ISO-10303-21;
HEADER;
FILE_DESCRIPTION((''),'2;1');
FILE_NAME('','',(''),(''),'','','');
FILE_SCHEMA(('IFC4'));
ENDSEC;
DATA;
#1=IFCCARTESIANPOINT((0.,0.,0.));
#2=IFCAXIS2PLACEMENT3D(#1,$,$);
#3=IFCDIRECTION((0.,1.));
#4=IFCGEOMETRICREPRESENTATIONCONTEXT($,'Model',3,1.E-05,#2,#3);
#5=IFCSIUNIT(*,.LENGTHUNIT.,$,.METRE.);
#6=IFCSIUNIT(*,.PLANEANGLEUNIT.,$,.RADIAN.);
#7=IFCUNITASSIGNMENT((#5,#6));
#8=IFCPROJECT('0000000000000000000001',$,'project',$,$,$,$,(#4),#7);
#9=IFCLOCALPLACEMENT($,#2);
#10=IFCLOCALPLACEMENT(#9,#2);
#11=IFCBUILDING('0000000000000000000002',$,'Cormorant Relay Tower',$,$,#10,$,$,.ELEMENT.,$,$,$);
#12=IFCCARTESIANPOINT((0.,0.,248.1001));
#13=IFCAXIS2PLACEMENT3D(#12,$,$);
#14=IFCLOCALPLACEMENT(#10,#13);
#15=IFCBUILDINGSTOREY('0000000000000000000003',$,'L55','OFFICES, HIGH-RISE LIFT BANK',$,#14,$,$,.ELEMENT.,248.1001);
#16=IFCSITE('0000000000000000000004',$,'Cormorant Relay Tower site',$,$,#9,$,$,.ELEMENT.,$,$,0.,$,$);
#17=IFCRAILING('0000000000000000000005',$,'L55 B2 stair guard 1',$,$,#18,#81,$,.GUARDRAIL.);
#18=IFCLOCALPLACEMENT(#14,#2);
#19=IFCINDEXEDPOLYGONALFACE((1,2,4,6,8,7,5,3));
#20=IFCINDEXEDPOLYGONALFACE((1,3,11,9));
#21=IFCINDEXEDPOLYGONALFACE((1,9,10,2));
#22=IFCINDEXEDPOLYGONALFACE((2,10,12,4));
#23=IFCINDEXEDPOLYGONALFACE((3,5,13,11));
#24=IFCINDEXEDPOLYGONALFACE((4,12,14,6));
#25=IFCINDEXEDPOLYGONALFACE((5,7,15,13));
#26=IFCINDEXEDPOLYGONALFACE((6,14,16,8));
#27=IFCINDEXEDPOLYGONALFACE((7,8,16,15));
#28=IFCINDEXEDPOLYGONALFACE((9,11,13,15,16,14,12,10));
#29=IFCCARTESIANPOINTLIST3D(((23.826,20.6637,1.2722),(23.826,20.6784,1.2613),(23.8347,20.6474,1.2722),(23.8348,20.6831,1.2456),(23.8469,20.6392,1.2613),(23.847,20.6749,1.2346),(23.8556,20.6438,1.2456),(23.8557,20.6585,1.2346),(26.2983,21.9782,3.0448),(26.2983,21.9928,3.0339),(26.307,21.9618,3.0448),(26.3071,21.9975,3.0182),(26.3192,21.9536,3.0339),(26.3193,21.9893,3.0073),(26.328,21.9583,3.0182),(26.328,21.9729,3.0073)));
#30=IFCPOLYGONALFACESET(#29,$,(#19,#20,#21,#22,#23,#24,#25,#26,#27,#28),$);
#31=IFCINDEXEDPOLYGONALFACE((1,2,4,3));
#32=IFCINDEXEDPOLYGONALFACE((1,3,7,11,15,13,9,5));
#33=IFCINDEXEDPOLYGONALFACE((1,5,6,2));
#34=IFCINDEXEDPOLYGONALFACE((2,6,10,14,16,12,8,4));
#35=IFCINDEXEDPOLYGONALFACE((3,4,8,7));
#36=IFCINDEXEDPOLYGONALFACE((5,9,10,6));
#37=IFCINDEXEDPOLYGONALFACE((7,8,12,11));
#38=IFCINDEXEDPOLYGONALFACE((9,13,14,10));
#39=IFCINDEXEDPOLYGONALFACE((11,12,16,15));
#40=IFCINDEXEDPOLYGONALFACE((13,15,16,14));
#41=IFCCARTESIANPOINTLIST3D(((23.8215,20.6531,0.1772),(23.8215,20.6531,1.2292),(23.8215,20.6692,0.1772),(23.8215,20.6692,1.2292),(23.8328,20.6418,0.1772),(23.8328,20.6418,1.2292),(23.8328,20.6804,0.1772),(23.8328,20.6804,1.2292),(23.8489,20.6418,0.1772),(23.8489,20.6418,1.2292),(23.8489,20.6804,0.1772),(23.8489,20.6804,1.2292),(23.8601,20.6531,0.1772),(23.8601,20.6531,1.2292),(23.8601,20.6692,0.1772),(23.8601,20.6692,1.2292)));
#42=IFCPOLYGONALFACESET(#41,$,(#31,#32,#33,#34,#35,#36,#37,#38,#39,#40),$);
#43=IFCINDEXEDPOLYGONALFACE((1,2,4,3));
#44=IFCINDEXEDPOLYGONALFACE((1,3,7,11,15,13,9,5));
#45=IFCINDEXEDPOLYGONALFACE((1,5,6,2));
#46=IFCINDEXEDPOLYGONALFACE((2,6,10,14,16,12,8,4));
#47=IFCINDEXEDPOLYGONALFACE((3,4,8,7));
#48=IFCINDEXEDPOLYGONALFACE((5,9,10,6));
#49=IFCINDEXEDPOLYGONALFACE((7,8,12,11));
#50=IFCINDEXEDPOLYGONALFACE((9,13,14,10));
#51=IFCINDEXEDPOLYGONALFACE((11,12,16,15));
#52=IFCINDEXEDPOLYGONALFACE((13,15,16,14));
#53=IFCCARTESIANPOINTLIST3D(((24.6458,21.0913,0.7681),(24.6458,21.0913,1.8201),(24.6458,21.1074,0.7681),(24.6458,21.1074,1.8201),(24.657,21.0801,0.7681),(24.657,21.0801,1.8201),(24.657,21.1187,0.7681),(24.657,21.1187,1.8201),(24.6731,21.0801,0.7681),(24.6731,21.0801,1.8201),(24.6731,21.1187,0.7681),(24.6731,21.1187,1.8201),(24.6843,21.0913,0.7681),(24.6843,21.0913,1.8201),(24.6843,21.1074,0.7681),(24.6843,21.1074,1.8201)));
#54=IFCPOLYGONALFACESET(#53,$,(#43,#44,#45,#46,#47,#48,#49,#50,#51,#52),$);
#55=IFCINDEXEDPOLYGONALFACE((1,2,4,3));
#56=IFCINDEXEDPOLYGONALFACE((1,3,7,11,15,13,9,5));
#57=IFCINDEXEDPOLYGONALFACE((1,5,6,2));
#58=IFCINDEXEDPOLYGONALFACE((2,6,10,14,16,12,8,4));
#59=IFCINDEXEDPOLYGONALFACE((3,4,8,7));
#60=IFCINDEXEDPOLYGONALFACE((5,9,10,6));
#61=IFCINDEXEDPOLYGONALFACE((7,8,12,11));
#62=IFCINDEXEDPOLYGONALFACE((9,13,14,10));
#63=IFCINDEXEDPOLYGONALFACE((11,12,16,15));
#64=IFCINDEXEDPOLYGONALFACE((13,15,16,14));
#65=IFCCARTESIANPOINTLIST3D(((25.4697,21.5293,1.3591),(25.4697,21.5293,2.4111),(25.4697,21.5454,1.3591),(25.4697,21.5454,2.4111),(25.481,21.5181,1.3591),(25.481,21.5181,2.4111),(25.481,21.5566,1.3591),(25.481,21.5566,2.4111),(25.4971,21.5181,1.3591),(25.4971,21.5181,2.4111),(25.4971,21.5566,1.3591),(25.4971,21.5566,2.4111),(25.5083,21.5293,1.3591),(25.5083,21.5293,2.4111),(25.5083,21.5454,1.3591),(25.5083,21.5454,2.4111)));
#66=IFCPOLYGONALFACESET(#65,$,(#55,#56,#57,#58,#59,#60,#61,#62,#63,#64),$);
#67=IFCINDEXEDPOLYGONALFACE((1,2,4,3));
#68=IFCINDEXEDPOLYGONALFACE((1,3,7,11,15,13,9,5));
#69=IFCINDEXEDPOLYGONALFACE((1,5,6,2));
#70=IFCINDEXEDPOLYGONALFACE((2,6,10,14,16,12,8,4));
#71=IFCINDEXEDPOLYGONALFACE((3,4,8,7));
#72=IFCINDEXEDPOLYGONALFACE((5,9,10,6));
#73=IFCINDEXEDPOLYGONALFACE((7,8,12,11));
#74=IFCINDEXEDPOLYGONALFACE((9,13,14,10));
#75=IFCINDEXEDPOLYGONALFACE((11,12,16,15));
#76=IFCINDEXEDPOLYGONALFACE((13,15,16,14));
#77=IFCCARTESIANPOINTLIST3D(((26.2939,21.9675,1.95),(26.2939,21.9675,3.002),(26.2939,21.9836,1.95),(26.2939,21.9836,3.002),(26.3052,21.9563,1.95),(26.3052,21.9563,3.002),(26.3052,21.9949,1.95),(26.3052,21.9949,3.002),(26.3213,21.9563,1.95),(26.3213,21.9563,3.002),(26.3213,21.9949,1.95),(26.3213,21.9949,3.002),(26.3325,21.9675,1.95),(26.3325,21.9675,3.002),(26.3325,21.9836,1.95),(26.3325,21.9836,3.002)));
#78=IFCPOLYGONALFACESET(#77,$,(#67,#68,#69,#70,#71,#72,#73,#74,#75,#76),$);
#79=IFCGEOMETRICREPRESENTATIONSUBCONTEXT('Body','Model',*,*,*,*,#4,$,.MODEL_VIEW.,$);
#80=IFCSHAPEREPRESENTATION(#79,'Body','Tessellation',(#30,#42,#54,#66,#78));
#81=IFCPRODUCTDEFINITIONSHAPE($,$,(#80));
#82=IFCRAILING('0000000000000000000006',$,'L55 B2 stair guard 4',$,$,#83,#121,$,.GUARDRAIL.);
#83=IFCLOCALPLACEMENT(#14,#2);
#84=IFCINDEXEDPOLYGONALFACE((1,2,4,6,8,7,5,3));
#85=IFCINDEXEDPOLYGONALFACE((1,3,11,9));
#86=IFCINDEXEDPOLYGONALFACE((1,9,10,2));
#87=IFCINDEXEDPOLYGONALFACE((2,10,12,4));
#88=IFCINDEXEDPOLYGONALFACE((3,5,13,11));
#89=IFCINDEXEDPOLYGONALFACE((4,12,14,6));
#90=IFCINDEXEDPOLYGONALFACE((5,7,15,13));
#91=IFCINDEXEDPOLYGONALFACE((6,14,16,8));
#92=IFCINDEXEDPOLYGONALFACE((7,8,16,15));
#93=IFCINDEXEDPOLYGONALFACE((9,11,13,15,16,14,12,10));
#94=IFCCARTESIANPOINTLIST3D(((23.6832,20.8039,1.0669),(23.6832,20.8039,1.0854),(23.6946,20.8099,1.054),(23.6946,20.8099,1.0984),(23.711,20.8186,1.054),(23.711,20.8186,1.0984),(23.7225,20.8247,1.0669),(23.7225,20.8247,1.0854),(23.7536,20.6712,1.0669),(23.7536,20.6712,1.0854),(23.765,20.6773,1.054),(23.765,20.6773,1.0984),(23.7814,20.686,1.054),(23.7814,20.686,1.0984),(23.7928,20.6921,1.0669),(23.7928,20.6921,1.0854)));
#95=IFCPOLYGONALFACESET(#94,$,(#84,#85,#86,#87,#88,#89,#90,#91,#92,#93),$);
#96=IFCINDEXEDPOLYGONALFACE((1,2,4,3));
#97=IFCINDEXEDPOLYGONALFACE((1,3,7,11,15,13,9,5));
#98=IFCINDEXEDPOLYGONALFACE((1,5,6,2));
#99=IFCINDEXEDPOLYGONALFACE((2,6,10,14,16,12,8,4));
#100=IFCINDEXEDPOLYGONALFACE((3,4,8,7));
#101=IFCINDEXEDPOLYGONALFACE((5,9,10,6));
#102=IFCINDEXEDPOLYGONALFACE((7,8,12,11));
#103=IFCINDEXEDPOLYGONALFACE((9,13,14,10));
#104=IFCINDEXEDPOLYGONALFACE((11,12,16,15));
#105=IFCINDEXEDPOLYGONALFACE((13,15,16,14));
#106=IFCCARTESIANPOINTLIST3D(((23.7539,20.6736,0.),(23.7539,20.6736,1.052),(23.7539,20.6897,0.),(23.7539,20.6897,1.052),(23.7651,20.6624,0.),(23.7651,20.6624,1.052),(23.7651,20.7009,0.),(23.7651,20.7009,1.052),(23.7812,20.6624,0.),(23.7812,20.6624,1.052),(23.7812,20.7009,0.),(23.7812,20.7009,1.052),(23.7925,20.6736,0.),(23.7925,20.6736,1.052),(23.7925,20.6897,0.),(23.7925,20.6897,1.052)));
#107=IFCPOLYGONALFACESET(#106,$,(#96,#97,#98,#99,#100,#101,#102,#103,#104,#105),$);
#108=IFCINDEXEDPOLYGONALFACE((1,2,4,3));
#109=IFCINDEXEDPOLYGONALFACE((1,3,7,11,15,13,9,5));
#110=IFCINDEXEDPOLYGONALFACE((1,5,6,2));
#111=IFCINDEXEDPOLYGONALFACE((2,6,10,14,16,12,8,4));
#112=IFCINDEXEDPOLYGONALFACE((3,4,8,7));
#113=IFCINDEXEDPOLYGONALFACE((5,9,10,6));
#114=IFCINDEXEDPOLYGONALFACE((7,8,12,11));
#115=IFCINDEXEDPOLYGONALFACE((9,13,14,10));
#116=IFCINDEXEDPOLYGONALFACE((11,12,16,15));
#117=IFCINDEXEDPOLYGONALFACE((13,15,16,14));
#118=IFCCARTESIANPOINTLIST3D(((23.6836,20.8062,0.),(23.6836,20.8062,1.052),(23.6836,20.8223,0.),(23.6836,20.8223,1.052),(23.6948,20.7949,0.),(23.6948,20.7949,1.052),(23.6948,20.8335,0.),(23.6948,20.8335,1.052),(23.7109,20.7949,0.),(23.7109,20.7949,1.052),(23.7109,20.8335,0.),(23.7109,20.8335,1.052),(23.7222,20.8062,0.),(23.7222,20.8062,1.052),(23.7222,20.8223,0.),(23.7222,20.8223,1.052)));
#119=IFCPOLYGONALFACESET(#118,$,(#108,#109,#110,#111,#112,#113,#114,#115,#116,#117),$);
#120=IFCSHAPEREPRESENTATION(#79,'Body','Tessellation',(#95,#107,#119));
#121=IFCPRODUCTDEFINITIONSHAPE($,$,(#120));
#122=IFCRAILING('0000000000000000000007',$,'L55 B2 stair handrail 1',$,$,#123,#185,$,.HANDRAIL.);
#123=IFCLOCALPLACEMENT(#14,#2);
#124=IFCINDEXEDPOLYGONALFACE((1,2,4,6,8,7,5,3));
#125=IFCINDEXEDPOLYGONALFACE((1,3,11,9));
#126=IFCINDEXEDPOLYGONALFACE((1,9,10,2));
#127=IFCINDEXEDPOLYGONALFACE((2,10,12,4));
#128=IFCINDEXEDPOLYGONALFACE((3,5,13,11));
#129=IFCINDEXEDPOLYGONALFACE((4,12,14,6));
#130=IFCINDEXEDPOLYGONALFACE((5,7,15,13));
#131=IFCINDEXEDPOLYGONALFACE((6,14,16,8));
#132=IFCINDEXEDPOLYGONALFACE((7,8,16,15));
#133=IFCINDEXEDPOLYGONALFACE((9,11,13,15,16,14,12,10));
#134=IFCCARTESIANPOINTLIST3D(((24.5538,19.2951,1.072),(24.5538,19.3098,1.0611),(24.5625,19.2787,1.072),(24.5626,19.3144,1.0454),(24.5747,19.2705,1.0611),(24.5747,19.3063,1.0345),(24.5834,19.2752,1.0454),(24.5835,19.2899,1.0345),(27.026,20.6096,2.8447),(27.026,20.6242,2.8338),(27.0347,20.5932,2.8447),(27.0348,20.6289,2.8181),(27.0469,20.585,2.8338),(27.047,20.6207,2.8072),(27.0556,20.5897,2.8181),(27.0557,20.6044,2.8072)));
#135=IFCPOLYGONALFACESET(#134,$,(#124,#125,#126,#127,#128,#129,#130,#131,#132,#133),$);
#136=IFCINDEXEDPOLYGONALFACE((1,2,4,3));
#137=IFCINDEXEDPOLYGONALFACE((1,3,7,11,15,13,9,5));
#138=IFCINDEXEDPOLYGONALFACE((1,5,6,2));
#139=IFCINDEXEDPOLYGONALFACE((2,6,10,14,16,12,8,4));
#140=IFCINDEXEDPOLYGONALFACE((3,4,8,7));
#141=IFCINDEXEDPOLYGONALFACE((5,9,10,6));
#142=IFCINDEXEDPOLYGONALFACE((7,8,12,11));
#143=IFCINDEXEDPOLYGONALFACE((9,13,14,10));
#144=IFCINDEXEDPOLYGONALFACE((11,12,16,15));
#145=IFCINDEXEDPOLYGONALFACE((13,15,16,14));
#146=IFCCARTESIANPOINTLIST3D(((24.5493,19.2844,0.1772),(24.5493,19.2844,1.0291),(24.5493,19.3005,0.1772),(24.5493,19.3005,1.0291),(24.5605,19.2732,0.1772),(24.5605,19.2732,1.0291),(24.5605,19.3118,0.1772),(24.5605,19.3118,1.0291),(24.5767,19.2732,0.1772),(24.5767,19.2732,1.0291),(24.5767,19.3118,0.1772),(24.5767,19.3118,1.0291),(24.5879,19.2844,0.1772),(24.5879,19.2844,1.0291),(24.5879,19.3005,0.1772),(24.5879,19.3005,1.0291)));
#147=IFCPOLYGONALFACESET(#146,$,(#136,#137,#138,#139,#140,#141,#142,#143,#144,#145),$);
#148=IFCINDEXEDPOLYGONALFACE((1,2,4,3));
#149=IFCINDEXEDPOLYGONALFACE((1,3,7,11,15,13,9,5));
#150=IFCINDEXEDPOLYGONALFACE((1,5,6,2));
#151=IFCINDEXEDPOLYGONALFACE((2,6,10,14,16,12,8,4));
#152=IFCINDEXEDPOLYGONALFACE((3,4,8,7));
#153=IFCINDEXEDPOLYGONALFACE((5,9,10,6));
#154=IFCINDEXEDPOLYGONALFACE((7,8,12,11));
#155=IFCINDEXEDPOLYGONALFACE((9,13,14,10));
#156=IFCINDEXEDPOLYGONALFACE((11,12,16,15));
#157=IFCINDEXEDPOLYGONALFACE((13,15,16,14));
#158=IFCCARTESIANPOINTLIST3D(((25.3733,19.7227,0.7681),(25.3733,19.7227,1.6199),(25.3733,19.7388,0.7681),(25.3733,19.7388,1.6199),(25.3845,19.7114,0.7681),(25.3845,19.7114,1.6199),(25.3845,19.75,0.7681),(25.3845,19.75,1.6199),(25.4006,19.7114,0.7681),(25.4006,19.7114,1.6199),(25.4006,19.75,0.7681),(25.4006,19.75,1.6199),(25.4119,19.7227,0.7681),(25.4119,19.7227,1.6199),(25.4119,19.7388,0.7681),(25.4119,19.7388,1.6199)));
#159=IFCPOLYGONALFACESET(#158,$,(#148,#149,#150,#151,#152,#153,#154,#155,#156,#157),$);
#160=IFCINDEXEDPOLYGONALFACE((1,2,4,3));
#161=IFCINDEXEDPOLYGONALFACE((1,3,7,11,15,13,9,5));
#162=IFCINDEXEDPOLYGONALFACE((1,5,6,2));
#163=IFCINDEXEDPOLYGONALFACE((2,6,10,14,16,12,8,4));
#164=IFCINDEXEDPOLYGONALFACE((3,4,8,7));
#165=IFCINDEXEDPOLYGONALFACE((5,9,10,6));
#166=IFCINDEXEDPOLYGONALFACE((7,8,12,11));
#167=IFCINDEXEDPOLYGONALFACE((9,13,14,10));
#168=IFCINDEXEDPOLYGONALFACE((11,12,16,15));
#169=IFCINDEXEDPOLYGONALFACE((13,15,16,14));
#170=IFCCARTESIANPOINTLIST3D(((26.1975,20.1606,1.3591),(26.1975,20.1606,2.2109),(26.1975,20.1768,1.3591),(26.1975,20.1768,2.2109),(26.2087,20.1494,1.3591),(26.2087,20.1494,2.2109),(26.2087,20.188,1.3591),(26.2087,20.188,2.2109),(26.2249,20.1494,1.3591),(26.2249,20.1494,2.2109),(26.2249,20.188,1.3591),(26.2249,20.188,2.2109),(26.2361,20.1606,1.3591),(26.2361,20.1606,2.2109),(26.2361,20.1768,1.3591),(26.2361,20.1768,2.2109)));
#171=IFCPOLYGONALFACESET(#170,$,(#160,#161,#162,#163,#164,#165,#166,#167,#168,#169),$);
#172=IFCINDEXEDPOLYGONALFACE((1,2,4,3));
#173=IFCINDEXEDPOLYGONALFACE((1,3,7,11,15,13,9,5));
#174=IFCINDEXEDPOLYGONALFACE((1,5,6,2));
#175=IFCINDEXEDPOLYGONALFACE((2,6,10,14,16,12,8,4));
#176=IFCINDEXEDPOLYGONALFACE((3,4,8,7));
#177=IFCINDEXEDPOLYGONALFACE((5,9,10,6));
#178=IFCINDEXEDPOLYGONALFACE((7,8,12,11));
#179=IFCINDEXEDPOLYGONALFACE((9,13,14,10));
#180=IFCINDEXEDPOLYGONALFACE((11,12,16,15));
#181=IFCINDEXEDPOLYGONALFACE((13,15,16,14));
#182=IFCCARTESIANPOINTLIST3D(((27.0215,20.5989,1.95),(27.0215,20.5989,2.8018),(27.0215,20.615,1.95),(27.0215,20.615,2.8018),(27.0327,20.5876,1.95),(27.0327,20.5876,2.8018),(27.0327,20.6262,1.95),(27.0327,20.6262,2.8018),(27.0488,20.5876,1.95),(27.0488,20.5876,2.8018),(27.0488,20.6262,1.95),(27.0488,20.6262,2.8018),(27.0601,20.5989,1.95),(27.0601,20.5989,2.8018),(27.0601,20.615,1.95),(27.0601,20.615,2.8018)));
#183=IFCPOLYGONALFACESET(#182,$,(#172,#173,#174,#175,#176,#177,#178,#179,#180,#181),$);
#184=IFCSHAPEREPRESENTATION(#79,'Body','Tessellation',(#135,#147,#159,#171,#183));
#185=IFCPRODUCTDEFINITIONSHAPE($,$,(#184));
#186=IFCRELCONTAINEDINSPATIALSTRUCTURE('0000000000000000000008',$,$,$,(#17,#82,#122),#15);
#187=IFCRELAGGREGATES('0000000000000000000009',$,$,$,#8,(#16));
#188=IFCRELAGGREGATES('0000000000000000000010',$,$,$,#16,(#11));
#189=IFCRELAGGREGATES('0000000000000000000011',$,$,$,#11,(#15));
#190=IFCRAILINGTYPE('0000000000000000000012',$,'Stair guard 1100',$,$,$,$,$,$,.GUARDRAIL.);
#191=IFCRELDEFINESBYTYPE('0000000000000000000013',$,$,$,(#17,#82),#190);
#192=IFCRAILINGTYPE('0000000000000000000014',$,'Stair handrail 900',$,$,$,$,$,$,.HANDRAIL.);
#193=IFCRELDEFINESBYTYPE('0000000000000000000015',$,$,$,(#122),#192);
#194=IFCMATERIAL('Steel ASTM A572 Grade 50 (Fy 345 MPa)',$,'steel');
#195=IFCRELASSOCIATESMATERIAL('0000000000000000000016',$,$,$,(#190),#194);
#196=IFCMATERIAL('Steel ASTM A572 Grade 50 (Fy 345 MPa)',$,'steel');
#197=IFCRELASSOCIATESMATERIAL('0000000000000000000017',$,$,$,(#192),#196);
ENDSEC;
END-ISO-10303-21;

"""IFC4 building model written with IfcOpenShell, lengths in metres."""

from ifc_helpers import new_model, si_unit, direction, frame, origin, place, context, subcontext, project, spatial, polyline, outline, extrude, material, type_object, element, save


model = new_model("IFC4")

# Units and contexts
model_context = context("Model", 3, precision=1e-05, world=origin(), true_north=direction((0.0, 1.0)))
body_context = subcontext(model_context, "Body", "Model", "MODEL_VIEW")
ifc_project = project(units=[si_unit("LENGTHUNIT", "METRE"), si_unit("PLANEANGLEUNIT", "RADIAN")], contexts=[model_context])

# Site, building, storey
site_placement = place(None, origin())
site = spatial("IfcSite", under=ifc_project, at=site_placement, Name="Cormorant Relay Tower site", CompositionType="ELEMENT", RefElevation=0.0)
building_placement = place(site_placement, origin())
building = spatial("IfcBuilding", under=site, at=building_placement, Name="Cormorant Relay Tower", CompositionType="ELEMENT")
storey_placement = place(building_placement, frame((0.0, 0.0, 248.1001)))
storey = spatial("IfcBuildingStorey", under=building, at=storey_placement, Name="L55", Description="OFFICES, HIGH-RISE LIFT BANK", CompositionType="ELEMENT", Elevation=248.1001)

# Railings
ifc_material_1 = material(Name="Steel ASTM A572 Grade 50 (Fy 345 MPa)", Category="steel")
railing_type_1 = type_object("IfcRailingType", Name="Stair guard 1100", PredefinedType="GUARDRAIL", material=ifc_material_1)
railing_1_placement = place(storey_placement, frame((23.8408, 20.6611, 0.1772)))
element("IfcRailing", 1, at=railing_1_placement, inside=storey, type_object=railing_type_1, Name="L55 B2 stair guard 1", PredefinedType="GUARDRAIL", context=body_context, shape_type="SweptSolid", body=[
    extrude(outline(polyline([(0.0222, 0.0093), (0.0093, 0.0222), (-0.0093, 0.0222), (-0.0222, 0.0093), (-0.0222, -0.0093), (-0.0093, -0.0222), (0.0093, -0.0222), (0.0222, -0.0093), (0.0222, 0.0093)])), frame((0.0, 0.0, 1.0762), z_axis=(0.746034, 0.396627, 0.534902), x_axis=(-0.469429, 0.88297, 0.0)), (0.0, 0.0, 1.0), 3.314),
    extrude(outline(polyline([(0.0193, 0.0081), (0.0081, 0.0193), (-0.0081, 0.0193), (-0.0193, 0.0081), (-0.0193, -0.0081), (-0.0081, -0.0193), (0.0081, -0.0193), (0.0193, -0.0081), (0.0193, 0.0081)])), origin(), (0.0, 0.0, 1.0), 1.052),
    extrude(outline(polyline([(0.0193, 0.0081), (0.0081, 0.0193), (-0.0081, 0.0193), (-0.0193, 0.0081), (-0.0193, -0.0081), (-0.0081, -0.0193), (0.0081, -0.0193), (0.0193, -0.0081), (0.0193, 0.0081)])), frame((0.8242, 0.4382, 0.5908)), (0.0, 0.0, 1.0), 1.052),
    extrude(outline(polyline([(0.0193, 0.0081), (0.0081, 0.0193), (-0.0081, 0.0193), (-0.0193, 0.0081), (-0.0193, -0.0081), (-0.0081, -0.0193), (0.0081, -0.0193), (0.0193, -0.0081), (0.0193, 0.0081)])), frame((1.6482, 0.8762, 1.1819)), (0.0, 0.0, 1.0), 1.052),
    extrude(outline(polyline([(0.0193, 0.0081), (0.0081, 0.0193), (-0.0081, 0.0193), (-0.0193, 0.0081), (-0.0193, -0.0081), (-0.0081, -0.0193), (0.0081, -0.0193), (0.0193, -0.0081), (0.0193, 0.0081)])), frame((2.4724, 1.3145, 1.7727)), (0.0, 0.0, 1.0), 1.052),
])
railing_2_placement = place(storey_placement, frame((23.7732, 20.6816, 0.0)))
element("IfcRailing", 2, at=railing_2_placement, inside=storey, type_object=railing_type_1, Name="L55 B2 stair guard 4", PredefinedType="GUARDRAIL", context=body_context, shape_type="SweptSolid", body=[
    extrude(outline(polyline([(0.0222, 0.0093), (0.0093, 0.0222), (-0.0093, 0.0222), (-0.0222, 0.0093), (-0.0222, -0.0093), (-0.0093, -0.0222), (0.0093, -0.0222), (0.0222, -0.0093), (0.0222, 0.0093)])), frame((0.0, 0.0, 1.0762), z_axis=(-0.46856, 0.883431, 0.0), x_axis=(-0.883431, -0.46856, 0.0)), (0.0, 0.0, 1.0), 0.1501),
    extrude(outline(polyline([(0.0193, 0.0081), (0.0081, 0.0193), (-0.0081, 0.0193), (-0.0193, 0.0081), (-0.0193, -0.0081), (-0.0081, -0.0193), (0.0081, -0.0193), (0.0193, -0.0081), (0.0193, 0.0081)])), origin(), (0.0, 0.0, 1.0), 1.052),
    extrude(outline(polyline([(0.0193, 0.0081), (0.0081, 0.0193), (-0.0081, 0.0193), (-0.0193, 0.0081), (-0.0193, -0.0081), (-0.0081, -0.0193), (0.0081, -0.0193), (0.0193, -0.0081), (0.0193, 0.0081)])), frame((-0.0703, 0.1326, 0.0)), (0.0, 0.0, 1.0), 1.052),
])
ifc_material_2 = material(Name="Steel ASTM A572 Grade 50 (Fy 345 MPa)", Category="steel")
railing_type_2 = type_object("IfcRailingType", Name="Stair handrail 900", PredefinedType="HANDRAIL", material=ifc_material_2)
railing_3_placement = place(storey_placement, frame((24.5686, 19.2925, 0.1772)))
element("IfcRailing", 3, at=railing_3_placement, inside=storey, type_object=railing_type_2, Name="L55 B2 stair handrail 1", PredefinedType="HANDRAIL", context=body_context, shape_type="SweptSolid", body=[
    extrude(outline(polyline([(0.0222, 0.0093), (0.0093, 0.0222), (-0.0093, 0.0222), (-0.0222, 0.0093), (-0.0222, -0.0093), (-0.0093, -0.0222), (0.0093, -0.0222), (0.0222, -0.0093), (0.0222, 0.0093)])), frame((0.0, 0.0, 0.876), z_axis=(0.746001, 0.396649, 0.534931), x_axis=(-0.469465, 0.882951, 0.0)), (0.0, 0.0, 1.0), 3.314),
    extrude(outline(polyline([(0.0193, 0.0081), (0.0081, 0.0193), (-0.0081, 0.0193), (-0.0193, 0.0081), (-0.0193, -0.0081), (-0.0081, -0.0193), (0.0081, -0.0193), (0.0193, -0.0081), (0.0193, 0.0081)])), origin(), (0.0, 0.0, 1.0), 0.8518),
    extrude(outline(polyline([(0.0193, 0.0081), (0.0081, 0.0193), (-0.0081, 0.0193), (-0.0193, 0.0081), (-0.0193, -0.0081), (-0.0081, -0.0193), (0.0081, -0.0193), (0.0193, -0.0081), (0.0193, 0.0081)])), frame((0.824, 0.4382, 0.5908)), (0.0, 0.0, 1.0), 0.8518),
    extrude(outline(polyline([(0.0193, 0.0081), (0.0081, 0.0193), (-0.0081, 0.0193), (-0.0193, 0.0081), (-0.0193, -0.0081), (-0.0081, -0.0193), (0.0081, -0.0193), (0.0193, -0.0081), (0.0193, 0.0081)])), frame((1.6482, 0.8762, 1.1819)), (0.0, 0.0, 1.0), 0.8518),
    extrude(outline(polyline([(0.0193, 0.0081), (0.0081, 0.0193), (-0.0081, 0.0193), (-0.0193, 0.0081), (-0.0193, -0.0081), (-0.0081, -0.0193), (0.0081, -0.0193), (0.0193, -0.0081), (0.0193, 0.0081)])), frame((2.4722, 1.3145, 1.7727)), (0.0, 0.0, 1.0), 0.8518),
])

save(model, "model.ifc")
